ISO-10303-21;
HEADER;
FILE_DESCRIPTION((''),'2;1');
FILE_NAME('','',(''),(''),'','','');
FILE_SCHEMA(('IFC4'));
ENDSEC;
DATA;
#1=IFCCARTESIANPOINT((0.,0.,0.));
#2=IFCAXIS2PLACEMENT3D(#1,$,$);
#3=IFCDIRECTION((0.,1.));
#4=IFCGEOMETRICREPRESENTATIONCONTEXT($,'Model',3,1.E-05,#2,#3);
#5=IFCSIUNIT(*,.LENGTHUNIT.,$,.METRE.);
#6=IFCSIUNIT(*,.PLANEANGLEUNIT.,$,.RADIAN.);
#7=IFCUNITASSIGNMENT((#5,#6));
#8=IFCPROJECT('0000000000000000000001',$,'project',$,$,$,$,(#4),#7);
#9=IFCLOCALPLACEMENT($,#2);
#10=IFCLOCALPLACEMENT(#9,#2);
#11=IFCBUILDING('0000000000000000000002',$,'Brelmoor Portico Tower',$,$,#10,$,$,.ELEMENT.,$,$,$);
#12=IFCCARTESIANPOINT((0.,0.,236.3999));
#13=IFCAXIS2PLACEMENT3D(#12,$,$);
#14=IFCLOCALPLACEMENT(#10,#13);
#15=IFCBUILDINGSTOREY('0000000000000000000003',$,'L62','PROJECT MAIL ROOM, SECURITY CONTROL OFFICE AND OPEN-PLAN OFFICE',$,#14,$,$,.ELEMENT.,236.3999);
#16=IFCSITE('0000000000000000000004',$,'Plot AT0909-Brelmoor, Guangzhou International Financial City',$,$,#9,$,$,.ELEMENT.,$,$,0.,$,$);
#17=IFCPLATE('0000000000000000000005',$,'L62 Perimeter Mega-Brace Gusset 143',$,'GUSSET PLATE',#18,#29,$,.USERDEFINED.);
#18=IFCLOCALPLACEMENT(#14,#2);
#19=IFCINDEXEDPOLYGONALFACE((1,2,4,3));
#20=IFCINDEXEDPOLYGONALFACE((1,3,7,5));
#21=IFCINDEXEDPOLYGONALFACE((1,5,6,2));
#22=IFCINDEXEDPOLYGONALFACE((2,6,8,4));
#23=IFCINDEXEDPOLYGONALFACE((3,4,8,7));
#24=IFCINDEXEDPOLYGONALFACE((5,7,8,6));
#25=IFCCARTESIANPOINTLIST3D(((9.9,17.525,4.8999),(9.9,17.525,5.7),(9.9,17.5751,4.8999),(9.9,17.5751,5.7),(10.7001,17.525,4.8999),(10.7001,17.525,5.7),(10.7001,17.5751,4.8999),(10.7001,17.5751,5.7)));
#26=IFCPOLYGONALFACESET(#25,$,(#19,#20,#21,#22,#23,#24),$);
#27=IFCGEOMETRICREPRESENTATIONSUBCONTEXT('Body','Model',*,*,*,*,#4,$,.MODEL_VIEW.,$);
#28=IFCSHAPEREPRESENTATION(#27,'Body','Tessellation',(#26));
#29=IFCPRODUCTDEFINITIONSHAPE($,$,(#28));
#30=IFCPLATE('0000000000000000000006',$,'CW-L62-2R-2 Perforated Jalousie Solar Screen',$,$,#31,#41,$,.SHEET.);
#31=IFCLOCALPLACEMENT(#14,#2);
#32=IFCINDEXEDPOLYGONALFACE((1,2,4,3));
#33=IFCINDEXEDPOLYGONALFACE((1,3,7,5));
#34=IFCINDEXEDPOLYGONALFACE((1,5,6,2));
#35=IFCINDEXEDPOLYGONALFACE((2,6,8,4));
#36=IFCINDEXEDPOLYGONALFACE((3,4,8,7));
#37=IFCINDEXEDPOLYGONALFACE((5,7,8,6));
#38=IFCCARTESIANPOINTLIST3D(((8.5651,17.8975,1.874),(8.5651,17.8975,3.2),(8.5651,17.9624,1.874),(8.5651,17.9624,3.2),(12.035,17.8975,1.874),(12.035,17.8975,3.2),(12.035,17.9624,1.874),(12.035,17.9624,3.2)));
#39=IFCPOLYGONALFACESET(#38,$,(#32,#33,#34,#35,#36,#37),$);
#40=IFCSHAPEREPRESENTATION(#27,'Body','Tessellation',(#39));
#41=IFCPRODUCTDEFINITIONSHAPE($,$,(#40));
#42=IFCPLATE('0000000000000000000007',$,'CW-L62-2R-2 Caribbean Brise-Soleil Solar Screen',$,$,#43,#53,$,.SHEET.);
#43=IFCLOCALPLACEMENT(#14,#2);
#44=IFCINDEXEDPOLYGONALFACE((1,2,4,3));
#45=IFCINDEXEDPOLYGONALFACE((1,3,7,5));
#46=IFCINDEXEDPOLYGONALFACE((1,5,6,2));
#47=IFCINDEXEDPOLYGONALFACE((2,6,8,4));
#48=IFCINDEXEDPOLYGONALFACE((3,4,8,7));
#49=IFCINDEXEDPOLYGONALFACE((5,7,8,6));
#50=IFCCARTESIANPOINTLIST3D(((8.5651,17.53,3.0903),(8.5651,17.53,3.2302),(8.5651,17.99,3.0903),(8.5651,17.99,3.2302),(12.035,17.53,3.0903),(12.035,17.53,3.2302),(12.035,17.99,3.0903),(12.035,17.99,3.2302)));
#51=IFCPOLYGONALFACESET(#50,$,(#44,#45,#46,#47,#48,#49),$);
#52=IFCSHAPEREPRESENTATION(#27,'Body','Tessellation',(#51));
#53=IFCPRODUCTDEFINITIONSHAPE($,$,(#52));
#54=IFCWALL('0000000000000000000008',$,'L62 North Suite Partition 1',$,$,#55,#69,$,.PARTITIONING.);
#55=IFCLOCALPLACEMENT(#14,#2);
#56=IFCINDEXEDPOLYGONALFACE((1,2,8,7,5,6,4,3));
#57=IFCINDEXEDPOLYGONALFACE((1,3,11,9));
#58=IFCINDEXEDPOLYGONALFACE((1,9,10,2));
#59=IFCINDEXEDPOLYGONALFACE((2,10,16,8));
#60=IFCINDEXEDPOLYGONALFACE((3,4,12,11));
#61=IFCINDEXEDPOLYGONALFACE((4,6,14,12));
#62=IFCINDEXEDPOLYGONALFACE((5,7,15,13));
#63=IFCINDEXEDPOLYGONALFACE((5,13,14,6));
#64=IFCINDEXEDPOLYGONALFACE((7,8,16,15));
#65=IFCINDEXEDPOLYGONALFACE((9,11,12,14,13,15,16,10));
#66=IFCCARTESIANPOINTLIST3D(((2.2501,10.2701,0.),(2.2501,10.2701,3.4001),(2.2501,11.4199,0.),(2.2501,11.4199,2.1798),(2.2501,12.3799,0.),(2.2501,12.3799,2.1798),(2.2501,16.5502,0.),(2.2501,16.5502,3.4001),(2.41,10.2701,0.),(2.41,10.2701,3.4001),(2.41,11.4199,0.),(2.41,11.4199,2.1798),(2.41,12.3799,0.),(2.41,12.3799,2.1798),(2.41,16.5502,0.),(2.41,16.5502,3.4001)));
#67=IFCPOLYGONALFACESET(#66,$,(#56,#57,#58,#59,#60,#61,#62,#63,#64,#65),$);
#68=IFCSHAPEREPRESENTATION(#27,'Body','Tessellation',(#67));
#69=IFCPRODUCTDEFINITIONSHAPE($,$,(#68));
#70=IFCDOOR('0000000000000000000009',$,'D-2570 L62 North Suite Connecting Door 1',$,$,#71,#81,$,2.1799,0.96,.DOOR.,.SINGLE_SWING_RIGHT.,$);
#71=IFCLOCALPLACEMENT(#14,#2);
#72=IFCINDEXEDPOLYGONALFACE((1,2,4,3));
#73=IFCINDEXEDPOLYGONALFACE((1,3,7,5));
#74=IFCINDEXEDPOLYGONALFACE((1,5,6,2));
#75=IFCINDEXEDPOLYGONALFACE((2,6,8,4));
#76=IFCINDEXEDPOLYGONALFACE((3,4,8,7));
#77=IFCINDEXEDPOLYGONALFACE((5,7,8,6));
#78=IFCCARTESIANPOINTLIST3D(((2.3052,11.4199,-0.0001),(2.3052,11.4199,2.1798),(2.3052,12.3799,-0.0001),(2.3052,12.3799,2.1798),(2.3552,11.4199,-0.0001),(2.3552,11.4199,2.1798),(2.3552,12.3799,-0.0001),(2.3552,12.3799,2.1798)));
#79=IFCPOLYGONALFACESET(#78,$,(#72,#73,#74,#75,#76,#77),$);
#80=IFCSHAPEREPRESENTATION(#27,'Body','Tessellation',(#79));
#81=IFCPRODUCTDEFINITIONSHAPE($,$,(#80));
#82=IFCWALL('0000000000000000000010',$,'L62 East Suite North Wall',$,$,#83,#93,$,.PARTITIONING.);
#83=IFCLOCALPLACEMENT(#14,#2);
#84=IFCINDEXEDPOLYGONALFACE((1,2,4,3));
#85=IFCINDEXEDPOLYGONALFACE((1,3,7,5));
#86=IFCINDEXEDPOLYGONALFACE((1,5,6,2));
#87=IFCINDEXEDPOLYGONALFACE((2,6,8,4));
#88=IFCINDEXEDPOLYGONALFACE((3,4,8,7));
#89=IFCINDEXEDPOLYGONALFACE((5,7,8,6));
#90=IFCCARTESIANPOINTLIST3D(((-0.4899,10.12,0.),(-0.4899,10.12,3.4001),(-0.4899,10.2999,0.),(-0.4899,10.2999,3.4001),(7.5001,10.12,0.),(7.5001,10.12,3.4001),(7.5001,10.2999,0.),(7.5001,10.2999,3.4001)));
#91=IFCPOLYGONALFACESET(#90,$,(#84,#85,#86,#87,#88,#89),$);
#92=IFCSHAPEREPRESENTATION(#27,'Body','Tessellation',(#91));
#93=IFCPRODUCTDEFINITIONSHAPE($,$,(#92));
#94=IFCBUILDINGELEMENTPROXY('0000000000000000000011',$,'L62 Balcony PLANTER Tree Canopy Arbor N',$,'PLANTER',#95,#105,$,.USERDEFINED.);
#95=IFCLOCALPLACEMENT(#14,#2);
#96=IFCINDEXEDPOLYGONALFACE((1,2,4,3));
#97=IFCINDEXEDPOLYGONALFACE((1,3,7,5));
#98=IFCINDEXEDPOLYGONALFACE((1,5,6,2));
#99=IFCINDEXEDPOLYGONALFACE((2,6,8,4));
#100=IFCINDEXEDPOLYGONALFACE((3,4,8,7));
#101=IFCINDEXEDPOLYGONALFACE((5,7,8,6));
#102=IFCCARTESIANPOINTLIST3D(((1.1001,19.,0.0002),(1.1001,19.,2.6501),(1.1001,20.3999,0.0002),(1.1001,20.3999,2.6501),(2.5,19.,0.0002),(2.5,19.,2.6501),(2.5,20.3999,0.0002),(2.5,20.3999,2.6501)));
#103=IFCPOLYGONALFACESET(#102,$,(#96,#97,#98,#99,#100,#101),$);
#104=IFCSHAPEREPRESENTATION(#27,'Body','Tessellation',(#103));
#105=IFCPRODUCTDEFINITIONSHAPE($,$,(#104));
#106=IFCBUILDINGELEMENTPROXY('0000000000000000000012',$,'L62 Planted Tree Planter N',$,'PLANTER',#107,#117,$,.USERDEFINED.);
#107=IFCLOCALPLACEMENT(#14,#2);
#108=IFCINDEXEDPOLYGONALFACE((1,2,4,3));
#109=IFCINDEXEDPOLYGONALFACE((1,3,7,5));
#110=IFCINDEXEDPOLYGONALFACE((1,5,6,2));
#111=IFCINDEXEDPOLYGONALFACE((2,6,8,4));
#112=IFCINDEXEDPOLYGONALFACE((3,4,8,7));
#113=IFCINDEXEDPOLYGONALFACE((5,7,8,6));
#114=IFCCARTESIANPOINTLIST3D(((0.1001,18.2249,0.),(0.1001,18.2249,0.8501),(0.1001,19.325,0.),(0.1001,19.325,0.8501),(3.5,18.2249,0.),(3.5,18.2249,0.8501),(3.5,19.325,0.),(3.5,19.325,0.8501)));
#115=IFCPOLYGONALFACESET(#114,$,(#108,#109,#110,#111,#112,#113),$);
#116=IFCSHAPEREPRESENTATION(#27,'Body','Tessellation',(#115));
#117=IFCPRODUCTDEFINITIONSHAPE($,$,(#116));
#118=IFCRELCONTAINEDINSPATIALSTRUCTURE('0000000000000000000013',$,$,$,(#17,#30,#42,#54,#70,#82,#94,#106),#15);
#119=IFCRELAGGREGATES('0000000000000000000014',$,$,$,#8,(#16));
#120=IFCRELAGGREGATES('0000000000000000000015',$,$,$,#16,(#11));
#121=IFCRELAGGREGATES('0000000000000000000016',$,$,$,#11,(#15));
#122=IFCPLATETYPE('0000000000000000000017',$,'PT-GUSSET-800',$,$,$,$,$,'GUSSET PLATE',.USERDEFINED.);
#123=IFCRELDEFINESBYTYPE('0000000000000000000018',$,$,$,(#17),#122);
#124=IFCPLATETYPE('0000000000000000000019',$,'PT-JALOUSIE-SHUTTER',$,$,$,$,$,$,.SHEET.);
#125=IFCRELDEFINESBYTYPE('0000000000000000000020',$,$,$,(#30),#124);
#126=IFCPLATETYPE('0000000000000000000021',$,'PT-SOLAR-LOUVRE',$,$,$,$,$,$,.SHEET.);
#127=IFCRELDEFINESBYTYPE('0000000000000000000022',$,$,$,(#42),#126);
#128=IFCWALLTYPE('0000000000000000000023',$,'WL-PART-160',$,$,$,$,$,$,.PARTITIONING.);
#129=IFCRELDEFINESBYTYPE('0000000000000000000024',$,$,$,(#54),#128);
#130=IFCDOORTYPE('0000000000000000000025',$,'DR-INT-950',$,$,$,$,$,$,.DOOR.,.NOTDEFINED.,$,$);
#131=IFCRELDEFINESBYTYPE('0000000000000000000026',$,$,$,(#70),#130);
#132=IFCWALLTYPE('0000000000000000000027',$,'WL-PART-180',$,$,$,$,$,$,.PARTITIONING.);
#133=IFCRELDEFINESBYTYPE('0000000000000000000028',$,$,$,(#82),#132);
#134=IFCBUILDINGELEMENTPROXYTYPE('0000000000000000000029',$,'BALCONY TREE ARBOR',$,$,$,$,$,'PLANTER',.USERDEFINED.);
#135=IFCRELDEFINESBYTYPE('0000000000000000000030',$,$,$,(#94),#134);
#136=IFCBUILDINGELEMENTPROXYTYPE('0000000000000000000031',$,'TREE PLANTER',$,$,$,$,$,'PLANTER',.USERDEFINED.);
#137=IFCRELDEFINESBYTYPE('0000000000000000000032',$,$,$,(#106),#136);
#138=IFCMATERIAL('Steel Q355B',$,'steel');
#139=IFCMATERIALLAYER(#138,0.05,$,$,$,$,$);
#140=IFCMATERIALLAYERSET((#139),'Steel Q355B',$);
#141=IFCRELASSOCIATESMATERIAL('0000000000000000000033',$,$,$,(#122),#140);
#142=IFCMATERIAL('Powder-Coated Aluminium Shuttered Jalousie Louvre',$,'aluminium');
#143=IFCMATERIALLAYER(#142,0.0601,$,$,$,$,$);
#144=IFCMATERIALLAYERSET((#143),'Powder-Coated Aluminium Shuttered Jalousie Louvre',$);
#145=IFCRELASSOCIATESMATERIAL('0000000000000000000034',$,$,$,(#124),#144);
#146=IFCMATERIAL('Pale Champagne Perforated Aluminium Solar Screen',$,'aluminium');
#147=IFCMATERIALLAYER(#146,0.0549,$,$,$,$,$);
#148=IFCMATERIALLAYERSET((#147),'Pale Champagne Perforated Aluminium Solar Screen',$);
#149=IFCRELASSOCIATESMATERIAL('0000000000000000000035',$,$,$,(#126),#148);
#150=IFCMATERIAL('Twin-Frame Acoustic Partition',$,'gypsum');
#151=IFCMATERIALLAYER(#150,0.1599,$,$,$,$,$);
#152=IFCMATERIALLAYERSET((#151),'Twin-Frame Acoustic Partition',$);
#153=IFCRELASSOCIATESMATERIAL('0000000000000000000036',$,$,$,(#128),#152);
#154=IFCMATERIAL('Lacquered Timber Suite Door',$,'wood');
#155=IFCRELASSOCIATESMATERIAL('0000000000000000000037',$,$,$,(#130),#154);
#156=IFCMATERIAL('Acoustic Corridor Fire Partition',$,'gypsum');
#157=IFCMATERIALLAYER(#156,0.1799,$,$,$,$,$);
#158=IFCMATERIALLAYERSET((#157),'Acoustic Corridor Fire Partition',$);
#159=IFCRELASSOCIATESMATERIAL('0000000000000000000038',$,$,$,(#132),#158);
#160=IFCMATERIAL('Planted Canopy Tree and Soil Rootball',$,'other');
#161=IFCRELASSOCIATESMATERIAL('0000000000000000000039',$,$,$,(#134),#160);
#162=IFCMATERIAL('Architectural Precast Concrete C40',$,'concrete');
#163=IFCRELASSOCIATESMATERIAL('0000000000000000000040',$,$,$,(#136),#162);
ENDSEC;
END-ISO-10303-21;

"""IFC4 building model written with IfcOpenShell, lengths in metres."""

from ifc_helpers import new_model, si_unit, direction, frame, frame_2d, origin, origin_2d, place, context, subcontext, project, spatial, rectangle, extrude, material, layer, layer_set, type_object, element, fill, save


model = new_model("IFC4")

# Units and contexts
model_context = context("Model", 3, precision=1e-05, world=origin(), true_north=direction((0.0, 1.0)))
body_context = subcontext(model_context, "Body", "Model", "MODEL_VIEW")
ifc_project = project(units=[si_unit("LENGTHUNIT", "METRE"), si_unit("PLANEANGLEUNIT", "RADIAN")], contexts=[model_context])

# Site, building, storey
site_placement = place(None, origin())
site = spatial("IfcSite", under=ifc_project, at=site_placement, Name="Plot AT0909-Brelmoor, Guangzhou International Financial City", CompositionType="ELEMENT", RefElevation=0.0)
building_placement = place(site_placement, origin())
building = spatial("IfcBuilding", under=site, at=building_placement, Name="Brelmoor Portico Tower", CompositionType="ELEMENT")
storey_placement = place(building_placement, frame((0.0, 0.0, 236.3999)))
storey = spatial("IfcBuildingStorey", under=building, at=storey_placement, Name="L62", Description="PROJECT MAIL ROOM, SECURITY CONTROL OFFICE AND OPEN-PLAN OFFICE", CompositionType="ELEMENT", Elevation=236.3999)

# Shared definitions
ifc_material_1 = material(Name="Steel Q355B", Category="steel")

# Plates
ifc_layer_1 = layer(ifc_material_1, 0.05)
ifc_layer_set_1 = layer_set([ifc_layer_1], Name="Steel Q355B")
plate_type_1 = type_object("IfcPlateType", Name="PT-GUSSET-800", ElementType="GUSSET PLATE", PredefinedType="USERDEFINED", material=ifc_layer_set_1)
plate_1_placement = place(storey_placement, frame((10.3, 17.55, 4.8999), z_axis=(0.0, 0.0, 1.0), x_axis=(1.0, 0.0, 0.0)))
element("IfcPlate", 1, at=plate_1_placement, inside=storey, type_object=plate_type_1, Name="L62 Perimeter Mega-Brace Gusset 143", ObjectType="GUSSET PLATE", PredefinedType="USERDEFINED", context=body_context, shape_type="SweptSolid", body=[
    extrude(rectangle(XDim=0.8, YDim=0.05, at=origin_2d()), origin(), (0.0, 0.0, 1.0), 0.8),
])
ifc_material_2 = material(Name="Powder-Coated Aluminium Shuttered Jalousie Louvre", Category="aluminium")
ifc_layer_2 = layer(ifc_material_2, 0.0601)
ifc_layer_set_2 = layer_set([ifc_layer_2], Name="Powder-Coated Aluminium Shuttered Jalousie Louvre")
plate_type_2 = type_object("IfcPlateType", Name="PT-JALOUSIE-SHUTTER", PredefinedType="SHEET", material=ifc_layer_set_2)
plate_2_placement = place(storey_placement, frame((10.3, 17.9299, 1.874), z_axis=(0.0, 0.0, 1.0), x_axis=(1.0, 0.0, 0.0)))
element("IfcPlate", 2, at=plate_2_placement, inside=storey, type_object=plate_type_2, Name="CW-L62-2R-2 Perforated Jalousie Solar Screen", PredefinedType="SHEET", context=body_context, shape_type="SweptSolid", body=[
    extrude(rectangle(XDim=3.47, YDim=0.0649, at=origin_2d()), origin(), (0.0, 0.0, 1.0), 1.3259),
])
ifc_material_3 = material(Name="Pale Champagne Perforated Aluminium Solar Screen", Category="aluminium")
ifc_layer_3 = layer(ifc_material_3, 0.0549)
ifc_layer_set_3 = layer_set([ifc_layer_3], Name="Pale Champagne Perforated Aluminium Solar Screen")
plate_type_3 = type_object("IfcPlateType", Name="PT-SOLAR-LOUVRE", PredefinedType="SHEET", material=ifc_layer_set_3)
plate_3_placement = place(storey_placement, frame((10.3, 17.76, 3.0903), z_axis=(0.0, 0.0, 1.0), x_axis=(1.0, 0.0, 0.0)))
element("IfcPlate", 3, at=plate_3_placement, inside=storey, type_object=plate_type_3, Name="CW-L62-2R-2 Caribbean Brise-Soleil Solar Screen", PredefinedType="SHEET", context=body_context, shape_type="SweptSolid", body=[
    extrude(rectangle(XDim=3.47, YDim=0.46, at=origin_2d()), origin(), (0.0, 0.0, 1.0), 0.1399),
])

# Wall, opening, door
ifc_material_4 = material(Name="Twin-Frame Acoustic Partition", Category="gypsum")
ifc_layer_4 = layer(ifc_material_4, 0.1599)
ifc_layer_set_4 = layer_set([ifc_layer_4], Name="Twin-Frame Acoustic Partition")
wall_type_1 = type_object("IfcWallType", Name="WL-PART-160", PredefinedType="PARTITIONING", material=ifc_layer_set_4)
wall_1_placement = place(storey_placement, frame((2.3301, 10.27, 0.0), z_axis=(0.0, 0.0, 1.0), x_axis=(0.0, 1.0, 0.0)))
wall_1 = element("IfcWall", 4, at=wall_1_placement, inside=storey, type_object=wall_type_1, Name="L62 North Suite Partition 1", PredefinedType="PARTITIONING", context=body_context, shape_type="SweptSolid", body=[
    extrude(rectangle(XDim=6.28, YDim=0.1599, at=frame_2d((3.1401, 0.0))), origin(), (0.0, 0.0, 1.0), 3.4001),
])
opening_placement = place(wall_1_placement, frame((1.1499, 0.0, 0.0)))
opening = element("IfcOpeningElement", 5, at=opening_placement, cuts=wall_1, PredefinedType="OPENING", context=body_context, shape_type="SweptSolid", body=[
    extrude(rectangle(XDim=0.96, YDim=2.1799, at=frame_2d((0.48, 1.0898))), frame((0.0, 0.0898, 0.0), z_axis=(0.0, -1.0, 0.0), x_axis=(1.0, 0.0, 0.0)), (0.0, 0.0, 1.0), 0.1799),
])
ifc_material_5 = material(Name="Lacquered Timber Suite Door", Category="wood")
door_type = type_object("IfcDoorType", Name="DR-INT-950", OperationType="NOTDEFINED", PredefinedType="DOOR", material=ifc_material_5)
door_placement = place(opening_placement, origin())
door = element("IfcDoor", 6, at=door_placement, inside=storey, type_object=door_type, Name="D-2570 L62 North Suite Connecting Door 1", OperationType="SINGLE_SWING_RIGHT", OverallHeight=2.1799, OverallWidth=0.96, PredefinedType="DOOR", context=body_context, shape_type="SweptSolid", body=[
    extrude(rectangle(XDim=0.96, YDim=2.1799, at=frame_2d((0.48, 1.0898))), frame((0.0, 0.0249, 0.0), z_axis=(0.0, -1.0, 0.0), x_axis=(1.0, 0.0, 0.0)), (0.0, 0.0, 1.0), 0.05),
])
fill(opening, door)

# Wall
ifc_material_6 = material(Name="Acoustic Corridor Fire Partition", Category="gypsum")
ifc_layer_5 = layer(ifc_material_6, 0.1799)
ifc_layer_set_5 = layer_set([ifc_layer_5], Name="Acoustic Corridor Fire Partition")
wall_type_2 = type_object("IfcWallType", Name="WL-PART-180", PredefinedType="PARTITIONING", material=ifc_layer_set_5)
wall_2_placement = place(storey_placement, frame((-0.49, 10.21, 0.0), z_axis=(0.0, 0.0, 1.0), x_axis=(1.0, 0.0, 0.0)))
element("IfcWall", 7, at=wall_2_placement, inside=storey, type_object=wall_type_2, Name="L62 East Suite North Wall", PredefinedType="PARTITIONING", context=body_context, shape_type="SweptSolid", body=[
    extrude(rectangle(XDim=7.99, YDim=0.1799, at=frame_2d((3.9951, 0.0))), origin(), (0.0, 0.0, 1.0), 3.4001),
])

# Building element proxies
ifc_material_7 = material(Name="Planted Canopy Tree and Soil Rootball", Category="other")
building_element_proxy_type_1 = type_object("IfcBuildingElementProxyType", Name="BALCONY TREE ARBOR", ElementType="PLANTER", PredefinedType="USERDEFINED", material=ifc_material_7)
proxy_1_placement = place(storey_placement, frame((1.8, 19.7, 0.0002), z_axis=(0.0, 0.0, 1.0), x_axis=(1.0, 0.0, 0.0)))
element("IfcBuildingElementProxy", 8, at=proxy_1_placement, inside=storey, type_object=building_element_proxy_type_1, Name="L62 Balcony PLANTER Tree Canopy Arbor N", ObjectType="PLANTER", PredefinedType="USERDEFINED", context=body_context, shape_type="SweptSolid", body=[
    extrude(rectangle(XDim=1.3999, YDim=1.3999, at=origin_2d()), origin(), (0.0, 0.0, 1.0), 2.6499),
])
ifc_material_8 = material(Name="Architectural Precast Concrete C40", Category="concrete")
building_element_proxy_type_2 = type_object("IfcBuildingElementProxyType", Name="TREE PLANTER", ElementType="PLANTER", PredefinedType="USERDEFINED", material=ifc_material_8)
proxy_2_placement = place(storey_placement, frame((1.8, 18.7749, 0.0), z_axis=(0.0, 0.0, 1.0), x_axis=(1.0, 0.0, 0.0)))
element("IfcBuildingElementProxy", 9, at=proxy_2_placement, inside=storey, type_object=building_element_proxy_type_2, Name="L62 Planted Tree Planter N", ObjectType="PLANTER", PredefinedType="USERDEFINED", context=body_context, shape_type="SweptSolid", body=[
    extrude(rectangle(XDim=3.3999, YDim=1.1001, at=origin_2d()), origin(), (0.0, 0.0, 1.0), 0.8501),
])

save(model, "model.ifc")
